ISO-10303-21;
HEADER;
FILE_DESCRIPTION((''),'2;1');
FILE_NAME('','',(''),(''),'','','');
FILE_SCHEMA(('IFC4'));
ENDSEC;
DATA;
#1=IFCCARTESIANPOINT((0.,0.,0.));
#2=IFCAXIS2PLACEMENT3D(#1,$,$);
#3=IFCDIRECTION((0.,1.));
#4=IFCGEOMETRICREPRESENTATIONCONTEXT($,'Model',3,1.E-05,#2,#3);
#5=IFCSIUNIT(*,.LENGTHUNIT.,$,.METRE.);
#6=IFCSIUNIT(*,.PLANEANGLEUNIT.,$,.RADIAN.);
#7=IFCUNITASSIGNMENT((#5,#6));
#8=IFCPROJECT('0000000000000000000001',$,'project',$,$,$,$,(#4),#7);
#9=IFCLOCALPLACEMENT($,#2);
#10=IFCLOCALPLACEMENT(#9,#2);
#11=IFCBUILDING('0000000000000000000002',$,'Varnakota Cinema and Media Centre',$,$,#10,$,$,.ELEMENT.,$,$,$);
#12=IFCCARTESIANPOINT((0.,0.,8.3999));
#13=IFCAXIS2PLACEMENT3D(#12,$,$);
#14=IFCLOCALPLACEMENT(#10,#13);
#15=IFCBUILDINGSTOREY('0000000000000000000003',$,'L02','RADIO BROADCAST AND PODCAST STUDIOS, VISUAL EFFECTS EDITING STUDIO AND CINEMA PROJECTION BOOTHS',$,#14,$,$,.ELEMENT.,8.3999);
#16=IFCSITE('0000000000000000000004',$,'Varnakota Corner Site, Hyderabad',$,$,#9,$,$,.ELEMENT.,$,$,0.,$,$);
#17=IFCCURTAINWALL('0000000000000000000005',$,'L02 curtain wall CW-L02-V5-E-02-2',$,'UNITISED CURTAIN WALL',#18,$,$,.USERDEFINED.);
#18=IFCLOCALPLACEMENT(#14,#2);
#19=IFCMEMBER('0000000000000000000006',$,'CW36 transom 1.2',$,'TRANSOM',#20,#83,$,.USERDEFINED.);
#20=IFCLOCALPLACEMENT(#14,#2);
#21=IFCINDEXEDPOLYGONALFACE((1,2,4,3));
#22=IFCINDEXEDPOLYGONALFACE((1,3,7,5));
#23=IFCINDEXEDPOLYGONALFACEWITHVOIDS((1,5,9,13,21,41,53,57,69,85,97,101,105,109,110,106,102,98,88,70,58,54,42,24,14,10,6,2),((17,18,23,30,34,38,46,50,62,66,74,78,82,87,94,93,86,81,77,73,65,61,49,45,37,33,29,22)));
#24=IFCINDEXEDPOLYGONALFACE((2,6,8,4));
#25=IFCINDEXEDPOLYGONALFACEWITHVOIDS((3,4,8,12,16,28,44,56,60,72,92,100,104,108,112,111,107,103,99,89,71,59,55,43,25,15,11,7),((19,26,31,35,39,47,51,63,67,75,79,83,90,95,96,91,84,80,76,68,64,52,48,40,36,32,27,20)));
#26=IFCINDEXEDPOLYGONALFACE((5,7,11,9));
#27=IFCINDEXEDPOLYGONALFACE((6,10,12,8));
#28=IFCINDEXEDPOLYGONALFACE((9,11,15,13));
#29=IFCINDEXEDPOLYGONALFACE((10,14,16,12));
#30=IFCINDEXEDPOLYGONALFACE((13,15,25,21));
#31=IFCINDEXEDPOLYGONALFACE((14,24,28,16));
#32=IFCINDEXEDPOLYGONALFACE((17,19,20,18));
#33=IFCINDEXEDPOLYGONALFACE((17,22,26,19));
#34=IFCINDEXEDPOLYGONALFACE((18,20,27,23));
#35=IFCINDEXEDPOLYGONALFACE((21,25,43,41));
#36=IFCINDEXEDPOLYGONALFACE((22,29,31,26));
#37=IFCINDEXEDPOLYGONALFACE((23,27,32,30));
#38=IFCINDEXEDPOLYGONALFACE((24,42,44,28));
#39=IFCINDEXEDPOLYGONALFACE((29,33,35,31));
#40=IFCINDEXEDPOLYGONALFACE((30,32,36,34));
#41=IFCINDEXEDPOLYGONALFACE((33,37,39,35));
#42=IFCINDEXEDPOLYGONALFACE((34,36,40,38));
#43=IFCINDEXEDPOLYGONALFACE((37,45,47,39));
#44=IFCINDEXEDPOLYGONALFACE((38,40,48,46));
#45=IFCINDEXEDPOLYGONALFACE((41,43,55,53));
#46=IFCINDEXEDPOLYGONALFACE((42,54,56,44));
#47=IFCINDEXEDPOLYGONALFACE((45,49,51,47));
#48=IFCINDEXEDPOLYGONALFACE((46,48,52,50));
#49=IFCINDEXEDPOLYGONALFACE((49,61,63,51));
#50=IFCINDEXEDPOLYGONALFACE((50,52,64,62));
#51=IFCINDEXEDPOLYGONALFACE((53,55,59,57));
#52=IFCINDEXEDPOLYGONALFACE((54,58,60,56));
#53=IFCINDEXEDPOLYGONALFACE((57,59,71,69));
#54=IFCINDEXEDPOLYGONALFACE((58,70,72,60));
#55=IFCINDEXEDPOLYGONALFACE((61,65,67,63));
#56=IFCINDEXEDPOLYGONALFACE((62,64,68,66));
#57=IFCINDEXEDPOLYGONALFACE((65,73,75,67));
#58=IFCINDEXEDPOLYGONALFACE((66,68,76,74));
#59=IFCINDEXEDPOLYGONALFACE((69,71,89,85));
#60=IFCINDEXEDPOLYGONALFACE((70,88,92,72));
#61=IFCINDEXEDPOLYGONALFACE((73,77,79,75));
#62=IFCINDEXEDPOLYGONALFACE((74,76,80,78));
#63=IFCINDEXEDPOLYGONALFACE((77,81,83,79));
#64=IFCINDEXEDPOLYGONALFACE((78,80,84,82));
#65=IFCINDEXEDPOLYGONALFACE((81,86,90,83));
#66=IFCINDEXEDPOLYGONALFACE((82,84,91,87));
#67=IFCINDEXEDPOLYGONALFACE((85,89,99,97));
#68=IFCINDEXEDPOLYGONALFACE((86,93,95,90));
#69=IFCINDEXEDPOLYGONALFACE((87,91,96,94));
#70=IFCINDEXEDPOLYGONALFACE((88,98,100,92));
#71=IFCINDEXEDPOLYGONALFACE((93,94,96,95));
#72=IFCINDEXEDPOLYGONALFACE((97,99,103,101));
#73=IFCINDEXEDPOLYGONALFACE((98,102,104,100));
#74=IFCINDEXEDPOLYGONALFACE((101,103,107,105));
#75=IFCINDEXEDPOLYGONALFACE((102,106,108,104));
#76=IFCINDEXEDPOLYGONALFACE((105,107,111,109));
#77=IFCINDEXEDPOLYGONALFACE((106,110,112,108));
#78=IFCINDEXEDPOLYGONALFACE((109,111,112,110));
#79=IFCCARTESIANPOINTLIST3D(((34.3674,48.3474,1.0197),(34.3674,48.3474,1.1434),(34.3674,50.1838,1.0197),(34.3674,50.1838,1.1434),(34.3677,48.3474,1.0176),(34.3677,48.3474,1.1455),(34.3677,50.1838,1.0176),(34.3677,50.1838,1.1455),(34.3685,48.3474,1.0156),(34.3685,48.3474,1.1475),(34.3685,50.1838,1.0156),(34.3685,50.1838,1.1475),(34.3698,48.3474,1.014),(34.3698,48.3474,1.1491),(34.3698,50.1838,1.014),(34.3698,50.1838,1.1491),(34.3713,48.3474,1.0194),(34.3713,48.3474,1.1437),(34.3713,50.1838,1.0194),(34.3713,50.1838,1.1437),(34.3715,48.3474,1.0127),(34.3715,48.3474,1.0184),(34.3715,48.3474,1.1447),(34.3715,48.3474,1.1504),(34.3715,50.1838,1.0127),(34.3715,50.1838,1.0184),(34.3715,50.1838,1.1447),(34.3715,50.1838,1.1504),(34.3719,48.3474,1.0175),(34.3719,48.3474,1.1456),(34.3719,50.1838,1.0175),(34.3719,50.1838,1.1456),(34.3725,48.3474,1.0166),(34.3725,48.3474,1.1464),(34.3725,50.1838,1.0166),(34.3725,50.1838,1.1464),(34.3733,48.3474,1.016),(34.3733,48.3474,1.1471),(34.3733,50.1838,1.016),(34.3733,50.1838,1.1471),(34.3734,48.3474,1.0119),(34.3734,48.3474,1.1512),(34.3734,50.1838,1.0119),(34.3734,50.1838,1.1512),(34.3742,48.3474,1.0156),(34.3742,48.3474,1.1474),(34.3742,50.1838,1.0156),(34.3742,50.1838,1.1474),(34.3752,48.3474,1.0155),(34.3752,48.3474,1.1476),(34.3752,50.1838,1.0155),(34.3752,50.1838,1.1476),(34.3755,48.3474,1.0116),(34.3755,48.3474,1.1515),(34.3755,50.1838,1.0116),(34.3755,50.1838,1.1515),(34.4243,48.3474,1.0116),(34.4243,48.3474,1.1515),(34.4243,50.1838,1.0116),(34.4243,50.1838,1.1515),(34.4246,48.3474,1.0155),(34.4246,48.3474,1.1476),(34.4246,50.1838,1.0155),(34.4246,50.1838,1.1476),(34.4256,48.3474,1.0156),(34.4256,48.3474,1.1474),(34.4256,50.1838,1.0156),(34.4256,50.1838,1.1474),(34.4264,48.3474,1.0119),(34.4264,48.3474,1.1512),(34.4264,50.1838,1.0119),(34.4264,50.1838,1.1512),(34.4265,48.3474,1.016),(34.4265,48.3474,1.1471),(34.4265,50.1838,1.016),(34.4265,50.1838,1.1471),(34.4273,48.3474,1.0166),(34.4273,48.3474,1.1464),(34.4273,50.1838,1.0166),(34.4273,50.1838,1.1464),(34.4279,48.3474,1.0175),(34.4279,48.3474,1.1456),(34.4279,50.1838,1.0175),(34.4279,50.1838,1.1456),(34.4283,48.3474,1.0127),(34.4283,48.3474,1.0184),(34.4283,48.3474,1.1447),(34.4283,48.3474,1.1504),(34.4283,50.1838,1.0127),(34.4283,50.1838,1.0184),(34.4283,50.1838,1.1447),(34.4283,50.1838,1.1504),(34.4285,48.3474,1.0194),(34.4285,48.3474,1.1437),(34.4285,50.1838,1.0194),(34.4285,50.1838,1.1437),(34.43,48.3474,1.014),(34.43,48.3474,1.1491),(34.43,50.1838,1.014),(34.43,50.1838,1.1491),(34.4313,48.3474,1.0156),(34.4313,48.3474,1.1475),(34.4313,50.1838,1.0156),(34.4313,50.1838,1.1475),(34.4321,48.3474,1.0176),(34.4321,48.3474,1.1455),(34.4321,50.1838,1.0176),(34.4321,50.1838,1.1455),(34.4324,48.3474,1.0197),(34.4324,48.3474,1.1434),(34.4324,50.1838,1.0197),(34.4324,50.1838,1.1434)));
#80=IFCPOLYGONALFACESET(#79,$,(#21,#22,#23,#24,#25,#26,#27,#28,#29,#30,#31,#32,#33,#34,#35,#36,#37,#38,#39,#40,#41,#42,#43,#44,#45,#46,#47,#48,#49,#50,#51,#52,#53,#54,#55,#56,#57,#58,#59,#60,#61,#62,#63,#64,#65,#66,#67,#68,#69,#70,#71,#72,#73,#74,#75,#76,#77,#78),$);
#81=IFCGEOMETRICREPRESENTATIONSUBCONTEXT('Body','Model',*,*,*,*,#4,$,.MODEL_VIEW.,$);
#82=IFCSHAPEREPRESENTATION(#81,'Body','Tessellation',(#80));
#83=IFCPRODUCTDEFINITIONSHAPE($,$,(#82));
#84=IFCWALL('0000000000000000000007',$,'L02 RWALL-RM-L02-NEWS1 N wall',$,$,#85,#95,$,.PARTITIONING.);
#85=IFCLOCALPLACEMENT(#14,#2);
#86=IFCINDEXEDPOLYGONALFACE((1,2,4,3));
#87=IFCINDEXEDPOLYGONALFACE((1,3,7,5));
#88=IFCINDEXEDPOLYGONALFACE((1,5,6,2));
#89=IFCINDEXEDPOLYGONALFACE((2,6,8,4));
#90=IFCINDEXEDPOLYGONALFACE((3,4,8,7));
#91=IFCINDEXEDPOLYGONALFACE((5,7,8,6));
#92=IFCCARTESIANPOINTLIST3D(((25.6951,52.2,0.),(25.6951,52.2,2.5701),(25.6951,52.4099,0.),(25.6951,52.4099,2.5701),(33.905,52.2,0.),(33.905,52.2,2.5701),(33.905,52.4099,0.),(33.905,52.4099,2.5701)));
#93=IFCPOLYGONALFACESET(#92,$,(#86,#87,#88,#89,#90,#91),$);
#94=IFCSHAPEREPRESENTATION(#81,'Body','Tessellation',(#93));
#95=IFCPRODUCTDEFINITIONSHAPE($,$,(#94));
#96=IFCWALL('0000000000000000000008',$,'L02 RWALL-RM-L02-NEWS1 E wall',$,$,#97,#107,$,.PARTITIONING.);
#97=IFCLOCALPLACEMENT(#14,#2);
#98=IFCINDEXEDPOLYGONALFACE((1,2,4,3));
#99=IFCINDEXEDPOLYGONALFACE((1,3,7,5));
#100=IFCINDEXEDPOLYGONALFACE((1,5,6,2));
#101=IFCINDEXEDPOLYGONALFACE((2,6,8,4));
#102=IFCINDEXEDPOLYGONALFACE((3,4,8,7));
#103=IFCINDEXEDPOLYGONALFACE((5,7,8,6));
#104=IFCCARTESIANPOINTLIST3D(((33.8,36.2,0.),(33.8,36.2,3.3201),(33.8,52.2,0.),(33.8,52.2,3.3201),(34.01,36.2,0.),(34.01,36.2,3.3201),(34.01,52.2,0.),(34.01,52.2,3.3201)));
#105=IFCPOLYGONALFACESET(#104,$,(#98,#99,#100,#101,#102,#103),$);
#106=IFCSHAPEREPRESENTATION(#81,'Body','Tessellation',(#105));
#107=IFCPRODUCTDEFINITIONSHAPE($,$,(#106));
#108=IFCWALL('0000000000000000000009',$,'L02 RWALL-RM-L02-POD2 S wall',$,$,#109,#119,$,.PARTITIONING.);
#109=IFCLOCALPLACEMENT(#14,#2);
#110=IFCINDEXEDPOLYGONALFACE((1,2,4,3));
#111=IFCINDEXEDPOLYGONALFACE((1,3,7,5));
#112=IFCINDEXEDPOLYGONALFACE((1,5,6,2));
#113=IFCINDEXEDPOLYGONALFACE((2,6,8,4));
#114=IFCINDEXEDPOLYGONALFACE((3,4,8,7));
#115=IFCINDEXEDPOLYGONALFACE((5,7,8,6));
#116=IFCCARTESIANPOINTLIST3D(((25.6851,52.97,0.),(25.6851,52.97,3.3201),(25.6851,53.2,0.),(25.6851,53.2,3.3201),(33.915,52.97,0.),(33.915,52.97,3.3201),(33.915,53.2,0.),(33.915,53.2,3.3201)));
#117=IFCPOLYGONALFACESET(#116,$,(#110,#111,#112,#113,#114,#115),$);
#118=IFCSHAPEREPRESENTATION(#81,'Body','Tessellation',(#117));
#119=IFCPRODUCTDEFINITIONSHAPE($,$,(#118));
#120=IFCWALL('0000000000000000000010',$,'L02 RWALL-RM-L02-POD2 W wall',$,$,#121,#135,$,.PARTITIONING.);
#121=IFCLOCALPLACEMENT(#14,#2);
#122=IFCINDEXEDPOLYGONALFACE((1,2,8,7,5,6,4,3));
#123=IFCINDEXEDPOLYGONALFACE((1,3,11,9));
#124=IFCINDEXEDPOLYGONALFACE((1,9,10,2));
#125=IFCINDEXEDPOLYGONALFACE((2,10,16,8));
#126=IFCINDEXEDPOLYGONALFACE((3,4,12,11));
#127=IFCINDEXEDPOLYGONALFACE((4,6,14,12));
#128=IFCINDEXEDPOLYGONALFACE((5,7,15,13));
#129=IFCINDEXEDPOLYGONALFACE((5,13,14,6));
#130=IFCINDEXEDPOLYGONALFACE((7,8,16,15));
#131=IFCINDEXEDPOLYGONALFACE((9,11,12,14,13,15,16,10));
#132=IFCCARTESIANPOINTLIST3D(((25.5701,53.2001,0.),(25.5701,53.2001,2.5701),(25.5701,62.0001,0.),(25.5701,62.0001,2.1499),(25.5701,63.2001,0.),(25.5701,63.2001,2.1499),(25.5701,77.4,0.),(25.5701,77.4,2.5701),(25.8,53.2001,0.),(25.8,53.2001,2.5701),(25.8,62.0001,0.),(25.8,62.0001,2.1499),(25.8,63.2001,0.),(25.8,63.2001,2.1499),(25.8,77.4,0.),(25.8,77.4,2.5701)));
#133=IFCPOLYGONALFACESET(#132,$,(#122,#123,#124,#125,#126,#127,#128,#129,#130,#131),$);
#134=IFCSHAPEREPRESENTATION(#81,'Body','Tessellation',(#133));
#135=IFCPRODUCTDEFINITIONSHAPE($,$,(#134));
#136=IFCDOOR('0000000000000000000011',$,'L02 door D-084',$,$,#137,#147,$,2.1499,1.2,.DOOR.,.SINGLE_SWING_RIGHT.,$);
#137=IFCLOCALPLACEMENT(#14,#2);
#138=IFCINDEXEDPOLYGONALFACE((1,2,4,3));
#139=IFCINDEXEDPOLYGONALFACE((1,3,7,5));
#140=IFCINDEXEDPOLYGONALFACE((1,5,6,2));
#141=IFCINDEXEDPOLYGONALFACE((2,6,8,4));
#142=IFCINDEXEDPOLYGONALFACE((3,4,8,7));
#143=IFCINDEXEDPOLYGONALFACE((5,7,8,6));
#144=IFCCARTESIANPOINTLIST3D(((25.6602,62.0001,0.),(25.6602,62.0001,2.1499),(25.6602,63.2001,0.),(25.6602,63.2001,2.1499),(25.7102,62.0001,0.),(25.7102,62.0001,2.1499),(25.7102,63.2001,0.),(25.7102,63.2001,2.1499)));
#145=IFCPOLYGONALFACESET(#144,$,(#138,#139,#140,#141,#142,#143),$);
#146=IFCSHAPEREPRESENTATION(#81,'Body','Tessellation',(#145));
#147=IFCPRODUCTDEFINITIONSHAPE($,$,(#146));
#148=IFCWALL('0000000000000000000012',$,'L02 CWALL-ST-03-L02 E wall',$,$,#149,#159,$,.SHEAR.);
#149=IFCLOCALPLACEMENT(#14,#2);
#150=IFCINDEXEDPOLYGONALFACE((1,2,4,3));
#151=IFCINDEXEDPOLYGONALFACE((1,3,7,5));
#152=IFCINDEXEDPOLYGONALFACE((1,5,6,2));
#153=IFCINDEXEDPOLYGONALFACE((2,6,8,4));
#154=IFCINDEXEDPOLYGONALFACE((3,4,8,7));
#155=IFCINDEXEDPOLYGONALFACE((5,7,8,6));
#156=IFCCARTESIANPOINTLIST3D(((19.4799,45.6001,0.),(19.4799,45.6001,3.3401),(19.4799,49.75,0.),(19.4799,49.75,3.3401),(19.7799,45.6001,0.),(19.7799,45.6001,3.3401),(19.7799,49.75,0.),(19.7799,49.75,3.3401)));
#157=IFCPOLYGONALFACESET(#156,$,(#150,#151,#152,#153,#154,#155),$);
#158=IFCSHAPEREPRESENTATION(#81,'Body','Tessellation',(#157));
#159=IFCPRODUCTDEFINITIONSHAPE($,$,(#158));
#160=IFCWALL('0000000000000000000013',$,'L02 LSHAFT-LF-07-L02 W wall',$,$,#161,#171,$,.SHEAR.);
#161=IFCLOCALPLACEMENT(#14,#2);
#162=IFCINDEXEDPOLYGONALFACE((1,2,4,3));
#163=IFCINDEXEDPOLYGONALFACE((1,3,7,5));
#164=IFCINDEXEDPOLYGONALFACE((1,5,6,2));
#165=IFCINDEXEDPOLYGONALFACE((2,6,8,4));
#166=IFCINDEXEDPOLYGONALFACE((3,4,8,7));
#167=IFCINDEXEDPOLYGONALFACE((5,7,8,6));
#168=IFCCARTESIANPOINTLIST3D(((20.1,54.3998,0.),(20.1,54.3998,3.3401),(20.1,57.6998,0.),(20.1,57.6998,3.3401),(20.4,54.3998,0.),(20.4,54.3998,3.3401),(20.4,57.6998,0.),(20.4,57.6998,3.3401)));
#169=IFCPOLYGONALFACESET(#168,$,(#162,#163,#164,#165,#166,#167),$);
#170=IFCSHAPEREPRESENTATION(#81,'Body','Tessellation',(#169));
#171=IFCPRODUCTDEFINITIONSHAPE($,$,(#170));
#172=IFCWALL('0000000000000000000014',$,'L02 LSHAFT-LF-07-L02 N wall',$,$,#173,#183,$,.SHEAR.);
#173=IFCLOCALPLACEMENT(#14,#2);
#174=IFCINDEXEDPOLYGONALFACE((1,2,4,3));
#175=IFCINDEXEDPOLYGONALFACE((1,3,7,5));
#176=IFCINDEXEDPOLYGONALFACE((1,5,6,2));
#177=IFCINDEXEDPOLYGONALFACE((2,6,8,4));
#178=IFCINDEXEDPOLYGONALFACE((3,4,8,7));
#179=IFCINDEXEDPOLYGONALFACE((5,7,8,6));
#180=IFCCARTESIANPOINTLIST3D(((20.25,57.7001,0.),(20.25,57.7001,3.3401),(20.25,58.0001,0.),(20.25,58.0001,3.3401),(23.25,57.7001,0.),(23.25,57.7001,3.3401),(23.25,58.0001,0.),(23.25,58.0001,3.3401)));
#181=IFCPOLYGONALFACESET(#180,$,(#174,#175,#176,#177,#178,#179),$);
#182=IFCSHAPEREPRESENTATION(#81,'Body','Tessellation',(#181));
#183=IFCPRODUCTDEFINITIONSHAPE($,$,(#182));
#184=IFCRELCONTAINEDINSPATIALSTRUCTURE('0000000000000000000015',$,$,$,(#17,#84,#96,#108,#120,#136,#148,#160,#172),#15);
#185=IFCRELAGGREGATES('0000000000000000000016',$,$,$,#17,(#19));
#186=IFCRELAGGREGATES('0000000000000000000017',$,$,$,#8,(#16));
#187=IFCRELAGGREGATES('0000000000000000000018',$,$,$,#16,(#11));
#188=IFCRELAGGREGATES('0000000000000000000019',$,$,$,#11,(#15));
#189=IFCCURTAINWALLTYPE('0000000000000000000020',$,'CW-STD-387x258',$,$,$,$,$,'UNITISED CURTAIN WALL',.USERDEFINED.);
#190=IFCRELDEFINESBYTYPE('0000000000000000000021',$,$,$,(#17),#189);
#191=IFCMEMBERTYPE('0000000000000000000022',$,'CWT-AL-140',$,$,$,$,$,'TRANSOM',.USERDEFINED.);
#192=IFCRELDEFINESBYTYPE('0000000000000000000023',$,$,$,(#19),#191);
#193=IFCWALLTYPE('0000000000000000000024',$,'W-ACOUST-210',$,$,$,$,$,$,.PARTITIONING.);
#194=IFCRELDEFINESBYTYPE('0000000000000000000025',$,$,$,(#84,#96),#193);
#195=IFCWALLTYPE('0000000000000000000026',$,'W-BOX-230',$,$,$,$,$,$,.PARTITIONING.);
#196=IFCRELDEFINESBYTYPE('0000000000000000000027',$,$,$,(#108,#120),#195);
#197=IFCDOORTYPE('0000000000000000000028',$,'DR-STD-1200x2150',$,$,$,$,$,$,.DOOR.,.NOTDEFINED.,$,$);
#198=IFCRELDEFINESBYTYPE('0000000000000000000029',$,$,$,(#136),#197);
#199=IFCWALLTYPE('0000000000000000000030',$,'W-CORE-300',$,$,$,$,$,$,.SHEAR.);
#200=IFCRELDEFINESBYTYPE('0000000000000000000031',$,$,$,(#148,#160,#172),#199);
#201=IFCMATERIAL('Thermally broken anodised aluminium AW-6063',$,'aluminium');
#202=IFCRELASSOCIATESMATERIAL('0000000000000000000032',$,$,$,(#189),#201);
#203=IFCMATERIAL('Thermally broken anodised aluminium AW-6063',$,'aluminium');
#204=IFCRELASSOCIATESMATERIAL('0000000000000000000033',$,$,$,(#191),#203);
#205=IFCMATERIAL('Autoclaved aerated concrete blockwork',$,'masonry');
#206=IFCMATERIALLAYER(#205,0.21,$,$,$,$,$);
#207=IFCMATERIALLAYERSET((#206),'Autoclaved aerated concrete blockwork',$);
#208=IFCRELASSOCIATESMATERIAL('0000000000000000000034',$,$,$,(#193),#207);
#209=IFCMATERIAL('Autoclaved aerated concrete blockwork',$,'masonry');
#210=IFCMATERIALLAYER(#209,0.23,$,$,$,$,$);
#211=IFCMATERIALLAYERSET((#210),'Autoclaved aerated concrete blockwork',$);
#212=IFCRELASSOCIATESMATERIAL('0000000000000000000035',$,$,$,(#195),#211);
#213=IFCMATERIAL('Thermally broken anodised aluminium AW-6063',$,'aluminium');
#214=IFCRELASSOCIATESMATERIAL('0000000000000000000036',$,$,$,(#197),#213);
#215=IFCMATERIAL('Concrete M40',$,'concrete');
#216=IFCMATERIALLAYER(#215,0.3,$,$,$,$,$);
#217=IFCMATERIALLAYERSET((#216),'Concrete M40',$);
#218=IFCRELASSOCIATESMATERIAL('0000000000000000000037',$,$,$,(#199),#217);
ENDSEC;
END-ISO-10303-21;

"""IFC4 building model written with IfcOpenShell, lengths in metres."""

from ifc_helpers import new_model, si_unit, direction, frame, frame_2d, origin, origin_2d, place, context, subcontext, project, spatial, rectangle, hollow_rectangle, extrude, material, layer, layer_set, material_profile, profile_set, type_object, element, fill, aggregate, save


model = new_model("IFC4")

# Units and contexts
model_context = context("Model", 3, precision=1e-05, world=origin(), true_north=direction((0.0, 1.0)))
body_context = subcontext(model_context, "Body", "Model", "MODEL_VIEW")
ifc_project = project(units=[si_unit("LENGTHUNIT", "METRE"), si_unit("PLANEANGLEUNIT", "RADIAN")], contexts=[model_context])

# Site, building, storey
site_placement = place(None, origin())
site = spatial("IfcSite", under=ifc_project, at=site_placement, Name="Varnakota Corner Site, Hyderabad", CompositionType="ELEMENT", RefElevation=0.0)
building_placement = place(site_placement, origin())
building = spatial("IfcBuilding", under=site, at=building_placement, Name="Varnakota Cinema and Media Centre", CompositionType="ELEMENT")
storey_placement = place(building_placement, frame((0.0, 0.0, 8.3999)))
storey = spatial("IfcBuildingStorey", under=building, at=storey_placement, Name="L02", Description="RADIO BROADCAST AND PODCAST STUDIOS, VISUAL EFFECTS EDITING STUDIO AND CINEMA PROJECTION BOOTHS", CompositionType="ELEMENT", Elevation=8.3999)

# Curtain wall, member
ifc_material_1 = material(Name="Thermally broken anodised aluminium AW-6063", Category="aluminium")
curtain_wall_type = type_object("IfcCurtainWallType", Name="CW-STD-387x258", ElementType="UNITISED CURTAIN WALL", PredefinedType="USERDEFINED", material=ifc_material_1)
curtain_wall_placement = place(storey_placement, origin())
curtain_wall = element("IfcCurtainWall", 1, at=curtain_wall_placement, inside=storey, type_object=curtain_wall_type, Name="L02 curtain wall CW-L02-V5-E-02-2", ObjectType="UNITISED CURTAIN WALL", PredefinedType="USERDEFINED")
ifc_material_2 = material(Name="Thermally broken anodised aluminium AW-6063", Category="aluminium")
ifc_material_profile_1 = material_profile(ifc_material_2, hollow_rectangle(XDim=0.0649, YDim=0.1399, WallThickness=0.0039, InnerFilletRadius=0.0039, OuterFilletRadius=0.0081, at=origin_2d()), Name="AL-TRANSOM 140x65x4")
ifc_profile_set_1 = profile_set([ifc_material_profile_1], Name="Thermally broken anodised aluminium AW-6063")
member_type = type_object("IfcMemberType", Name="CWT-AL-140", ElementType="TRANSOM", PredefinedType="USERDEFINED", material=ifc_profile_set_1)
member_placement = place(storey_placement, frame((34.3999, 48.3474, 1.0815), z_axis=(0.0, 1.0, 0.0), x_axis=(-1.0, 0.0, 0.0)))
member = element("IfcMember", 2, at=member_placement, type_object=member_type, Name="CW36 transom 1.2", ObjectType="TRANSOM", PredefinedType="USERDEFINED", context=body_context, shape_type="SweptSolid", body=[
    extrude(hollow_rectangle(XDim=0.0649, YDim=0.1399, WallThickness=0.0039, InnerFilletRadius=0.0039, OuterFilletRadius=0.0081, at=origin_2d()), origin(), (0.0, 0.0, 1.0), 1.8364),
])
aggregate(curtain_wall, [member])

# Walls
ifc_material_3 = material(Name="Autoclaved aerated concrete blockwork", Category="masonry")
ifc_layer_1 = layer(ifc_material_3, 0.21)
ifc_layer_set_1 = layer_set([ifc_layer_1], Name="Autoclaved aerated concrete blockwork")
wall_type_1 = type_object("IfcWallType", Name="W-ACOUST-210", PredefinedType="PARTITIONING", material=ifc_layer_set_1)
wall_1_placement = place(storey_placement, frame((25.6951, 52.3049, 0.0), z_axis=(0.0, 0.0, 1.0), x_axis=(1.0, 0.0, 0.0)))
element("IfcWall", 3, at=wall_1_placement, inside=storey, type_object=wall_type_1, Name="L02 RWALL-RM-L02-NEWS1 N wall", PredefinedType="PARTITIONING", context=body_context, shape_type="SweptSolid", body=[
    extrude(rectangle(XDim=8.21, YDim=0.21, at=frame_2d((4.105, 0.0))), origin(), (0.0, 0.0, 1.0), 2.5701),
])
wall_2_placement = place(storey_placement, frame((33.905, 52.2, 0.0), z_axis=(0.0, 0.0, 1.0), x_axis=(0.0, -1.0, 0.0)))
element("IfcWall", 4, at=wall_2_placement, inside=storey, type_object=wall_type_1, Name="L02 RWALL-RM-L02-NEWS1 E wall", PredefinedType="PARTITIONING", context=body_context, shape_type="SweptSolid", body=[
    extrude(rectangle(XDim=16.0, YDim=0.21, at=frame_2d((8.0, 0.0))), origin(), (0.0, 0.0, 1.0), 3.3201),
])
ifc_material_4 = material(Name="Autoclaved aerated concrete blockwork", Category="masonry")
ifc_layer_2 = layer(ifc_material_4, 0.23)
ifc_layer_set_2 = layer_set([ifc_layer_2], Name="Autoclaved aerated concrete blockwork")
wall_type_2 = type_object("IfcWallType", Name="W-BOX-230", PredefinedType="PARTITIONING", material=ifc_layer_set_2)
wall_3_placement = place(storey_placement, frame((33.915, 53.085, 0.0), z_axis=(0.0, 0.0, 1.0), x_axis=(-1.0, 0.0, 0.0)))
element("IfcWall", 5, at=wall_3_placement, inside=storey, type_object=wall_type_2, Name="L02 RWALL-RM-L02-POD2 S wall", PredefinedType="PARTITIONING", context=body_context, shape_type="SweptSolid", body=[
    extrude(rectangle(XDim=8.23, YDim=0.23, at=frame_2d((4.115, 0.0))), origin(), (0.0, 0.0, 1.0), 3.3201),
])

# Wall, opening, door
wall_4_placement = place(storey_placement, frame((25.6851, 53.2, 0.0), z_axis=(0.0, 0.0, 1.0), x_axis=(0.0, 1.0, 0.0)))
wall_4 = element("IfcWall", 6, at=wall_4_placement, inside=storey, type_object=wall_type_2, Name="L02 RWALL-RM-L02-POD2 W wall", PredefinedType="PARTITIONING", context=body_context, shape_type="SweptSolid", body=[
    extrude(rectangle(XDim=24.2, YDim=0.23, at=frame_2d((12.1001, 0.0))), origin(), (0.0, 0.0, 1.0), 2.5701),
])
opening_1_placement = place(wall_4_placement, frame((8.8, 0.0, 0.0)))
opening_1 = element("IfcOpeningElement", 7, at=opening_1_placement, cuts=wall_4, PredefinedType="OPENING", context=body_context, shape_type="SweptSolid", body=[
    extrude(rectangle(XDim=1.2, YDim=2.1499, at=frame_2d((0.6001, 1.075))), frame((0.0, 0.115, 0.0), z_axis=(0.0, -1.0, 0.0), x_axis=(1.0, 0.0, 0.0)), (0.0, 0.0, 1.0), 0.23),
])
ifc_material_5 = material(Name="Thermally broken anodised aluminium AW-6063", Category="aluminium")
door_type_1 = type_object("IfcDoorType", Name="DR-STD-1200x2150", OperationType="NOTDEFINED", PredefinedType="DOOR", material=ifc_material_5)
door_1_placement = place(opening_1_placement, origin())
door_1 = element("IfcDoor", 8, at=door_1_placement, inside=storey, type_object=door_type_1, Name="L02 door D-084", OperationType="SINGLE_SWING_RIGHT", OverallHeight=2.1499, OverallWidth=1.2, PredefinedType="DOOR", context=body_context, shape_type="SweptSolid", body=[
    extrude(rectangle(XDim=1.2, YDim=2.1499, at=frame_2d((0.6001, 1.075))), frame((0.0, 0.0249, 0.0), z_axis=(0.0, -1.0, 0.0), x_axis=(1.0, 0.0, 0.0)), (0.0, 0.0, 1.0), 0.05),
])
fill(opening_1, door_1)

# Wall
ifc_material_6 = material(Name="Concrete M40", Category="concrete")
ifc_layer_3 = layer(ifc_material_6, 0.3)
ifc_layer_set_3 = layer_set([ifc_layer_3], Name="Concrete M40")
wall_type_3 = type_object("IfcWallType", Name="W-CORE-300", PredefinedType="SHEAR", material=ifc_layer_set_3)
wall_5_placement = place(storey_placement, frame((19.6299, 49.75, 0.0), z_axis=(0.0, 0.0, 1.0), x_axis=(0.0, -1.0, 0.0)))
element("IfcWall", 9, at=wall_5_placement, inside=storey, type_object=wall_type_3, Name="L02 CWALL-ST-03-L02 E wall", PredefinedType="SHEAR", context=body_context, shape_type="SweptSolid", body=[
    extrude(rectangle(XDim=4.1499, YDim=0.3, at=frame_2d((2.075, 0.0))), origin(), (0.0, 0.0, 1.0), 3.3401),
])

# Walls
wall_6_placement = place(storey_placement, frame((20.25, 54.3999, 0.0), z_axis=(0.0, 0.0, 1.0), x_axis=(0.0, 1.0, 0.0)))
element("IfcWall", 10, at=wall_6_placement, inside=storey, type_object=wall_type_3, Name="L02 LSHAFT-LF-07-L02 W wall", PredefinedType="SHEAR", context=body_context, shape_type="SweptSolid", body=[
    extrude(rectangle(XDim=3.3, YDim=0.3, at=frame_2d((1.6499, 0.0))), origin(), (0.0, 0.0, 1.0), 3.3401),
])
wall_7_placement = place(storey_placement, frame((20.25, 57.8501, 0.0), z_axis=(0.0, 0.0, 1.0), x_axis=(1.0, 0.0, 0.0)))
element("IfcWall", 11, at=wall_7_placement, inside=storey, type_object=wall_type_3, Name="L02 LSHAFT-LF-07-L02 N wall", PredefinedType="SHEAR", context=body_context, shape_type="SweptSolid", body=[
    extrude(rectangle(XDim=3.0, YDim=0.3, at=frame_2d((1.5, 0.0))), origin(), (0.0, 0.0, 1.0), 3.3401),
])

save(model, "model.ifc")
